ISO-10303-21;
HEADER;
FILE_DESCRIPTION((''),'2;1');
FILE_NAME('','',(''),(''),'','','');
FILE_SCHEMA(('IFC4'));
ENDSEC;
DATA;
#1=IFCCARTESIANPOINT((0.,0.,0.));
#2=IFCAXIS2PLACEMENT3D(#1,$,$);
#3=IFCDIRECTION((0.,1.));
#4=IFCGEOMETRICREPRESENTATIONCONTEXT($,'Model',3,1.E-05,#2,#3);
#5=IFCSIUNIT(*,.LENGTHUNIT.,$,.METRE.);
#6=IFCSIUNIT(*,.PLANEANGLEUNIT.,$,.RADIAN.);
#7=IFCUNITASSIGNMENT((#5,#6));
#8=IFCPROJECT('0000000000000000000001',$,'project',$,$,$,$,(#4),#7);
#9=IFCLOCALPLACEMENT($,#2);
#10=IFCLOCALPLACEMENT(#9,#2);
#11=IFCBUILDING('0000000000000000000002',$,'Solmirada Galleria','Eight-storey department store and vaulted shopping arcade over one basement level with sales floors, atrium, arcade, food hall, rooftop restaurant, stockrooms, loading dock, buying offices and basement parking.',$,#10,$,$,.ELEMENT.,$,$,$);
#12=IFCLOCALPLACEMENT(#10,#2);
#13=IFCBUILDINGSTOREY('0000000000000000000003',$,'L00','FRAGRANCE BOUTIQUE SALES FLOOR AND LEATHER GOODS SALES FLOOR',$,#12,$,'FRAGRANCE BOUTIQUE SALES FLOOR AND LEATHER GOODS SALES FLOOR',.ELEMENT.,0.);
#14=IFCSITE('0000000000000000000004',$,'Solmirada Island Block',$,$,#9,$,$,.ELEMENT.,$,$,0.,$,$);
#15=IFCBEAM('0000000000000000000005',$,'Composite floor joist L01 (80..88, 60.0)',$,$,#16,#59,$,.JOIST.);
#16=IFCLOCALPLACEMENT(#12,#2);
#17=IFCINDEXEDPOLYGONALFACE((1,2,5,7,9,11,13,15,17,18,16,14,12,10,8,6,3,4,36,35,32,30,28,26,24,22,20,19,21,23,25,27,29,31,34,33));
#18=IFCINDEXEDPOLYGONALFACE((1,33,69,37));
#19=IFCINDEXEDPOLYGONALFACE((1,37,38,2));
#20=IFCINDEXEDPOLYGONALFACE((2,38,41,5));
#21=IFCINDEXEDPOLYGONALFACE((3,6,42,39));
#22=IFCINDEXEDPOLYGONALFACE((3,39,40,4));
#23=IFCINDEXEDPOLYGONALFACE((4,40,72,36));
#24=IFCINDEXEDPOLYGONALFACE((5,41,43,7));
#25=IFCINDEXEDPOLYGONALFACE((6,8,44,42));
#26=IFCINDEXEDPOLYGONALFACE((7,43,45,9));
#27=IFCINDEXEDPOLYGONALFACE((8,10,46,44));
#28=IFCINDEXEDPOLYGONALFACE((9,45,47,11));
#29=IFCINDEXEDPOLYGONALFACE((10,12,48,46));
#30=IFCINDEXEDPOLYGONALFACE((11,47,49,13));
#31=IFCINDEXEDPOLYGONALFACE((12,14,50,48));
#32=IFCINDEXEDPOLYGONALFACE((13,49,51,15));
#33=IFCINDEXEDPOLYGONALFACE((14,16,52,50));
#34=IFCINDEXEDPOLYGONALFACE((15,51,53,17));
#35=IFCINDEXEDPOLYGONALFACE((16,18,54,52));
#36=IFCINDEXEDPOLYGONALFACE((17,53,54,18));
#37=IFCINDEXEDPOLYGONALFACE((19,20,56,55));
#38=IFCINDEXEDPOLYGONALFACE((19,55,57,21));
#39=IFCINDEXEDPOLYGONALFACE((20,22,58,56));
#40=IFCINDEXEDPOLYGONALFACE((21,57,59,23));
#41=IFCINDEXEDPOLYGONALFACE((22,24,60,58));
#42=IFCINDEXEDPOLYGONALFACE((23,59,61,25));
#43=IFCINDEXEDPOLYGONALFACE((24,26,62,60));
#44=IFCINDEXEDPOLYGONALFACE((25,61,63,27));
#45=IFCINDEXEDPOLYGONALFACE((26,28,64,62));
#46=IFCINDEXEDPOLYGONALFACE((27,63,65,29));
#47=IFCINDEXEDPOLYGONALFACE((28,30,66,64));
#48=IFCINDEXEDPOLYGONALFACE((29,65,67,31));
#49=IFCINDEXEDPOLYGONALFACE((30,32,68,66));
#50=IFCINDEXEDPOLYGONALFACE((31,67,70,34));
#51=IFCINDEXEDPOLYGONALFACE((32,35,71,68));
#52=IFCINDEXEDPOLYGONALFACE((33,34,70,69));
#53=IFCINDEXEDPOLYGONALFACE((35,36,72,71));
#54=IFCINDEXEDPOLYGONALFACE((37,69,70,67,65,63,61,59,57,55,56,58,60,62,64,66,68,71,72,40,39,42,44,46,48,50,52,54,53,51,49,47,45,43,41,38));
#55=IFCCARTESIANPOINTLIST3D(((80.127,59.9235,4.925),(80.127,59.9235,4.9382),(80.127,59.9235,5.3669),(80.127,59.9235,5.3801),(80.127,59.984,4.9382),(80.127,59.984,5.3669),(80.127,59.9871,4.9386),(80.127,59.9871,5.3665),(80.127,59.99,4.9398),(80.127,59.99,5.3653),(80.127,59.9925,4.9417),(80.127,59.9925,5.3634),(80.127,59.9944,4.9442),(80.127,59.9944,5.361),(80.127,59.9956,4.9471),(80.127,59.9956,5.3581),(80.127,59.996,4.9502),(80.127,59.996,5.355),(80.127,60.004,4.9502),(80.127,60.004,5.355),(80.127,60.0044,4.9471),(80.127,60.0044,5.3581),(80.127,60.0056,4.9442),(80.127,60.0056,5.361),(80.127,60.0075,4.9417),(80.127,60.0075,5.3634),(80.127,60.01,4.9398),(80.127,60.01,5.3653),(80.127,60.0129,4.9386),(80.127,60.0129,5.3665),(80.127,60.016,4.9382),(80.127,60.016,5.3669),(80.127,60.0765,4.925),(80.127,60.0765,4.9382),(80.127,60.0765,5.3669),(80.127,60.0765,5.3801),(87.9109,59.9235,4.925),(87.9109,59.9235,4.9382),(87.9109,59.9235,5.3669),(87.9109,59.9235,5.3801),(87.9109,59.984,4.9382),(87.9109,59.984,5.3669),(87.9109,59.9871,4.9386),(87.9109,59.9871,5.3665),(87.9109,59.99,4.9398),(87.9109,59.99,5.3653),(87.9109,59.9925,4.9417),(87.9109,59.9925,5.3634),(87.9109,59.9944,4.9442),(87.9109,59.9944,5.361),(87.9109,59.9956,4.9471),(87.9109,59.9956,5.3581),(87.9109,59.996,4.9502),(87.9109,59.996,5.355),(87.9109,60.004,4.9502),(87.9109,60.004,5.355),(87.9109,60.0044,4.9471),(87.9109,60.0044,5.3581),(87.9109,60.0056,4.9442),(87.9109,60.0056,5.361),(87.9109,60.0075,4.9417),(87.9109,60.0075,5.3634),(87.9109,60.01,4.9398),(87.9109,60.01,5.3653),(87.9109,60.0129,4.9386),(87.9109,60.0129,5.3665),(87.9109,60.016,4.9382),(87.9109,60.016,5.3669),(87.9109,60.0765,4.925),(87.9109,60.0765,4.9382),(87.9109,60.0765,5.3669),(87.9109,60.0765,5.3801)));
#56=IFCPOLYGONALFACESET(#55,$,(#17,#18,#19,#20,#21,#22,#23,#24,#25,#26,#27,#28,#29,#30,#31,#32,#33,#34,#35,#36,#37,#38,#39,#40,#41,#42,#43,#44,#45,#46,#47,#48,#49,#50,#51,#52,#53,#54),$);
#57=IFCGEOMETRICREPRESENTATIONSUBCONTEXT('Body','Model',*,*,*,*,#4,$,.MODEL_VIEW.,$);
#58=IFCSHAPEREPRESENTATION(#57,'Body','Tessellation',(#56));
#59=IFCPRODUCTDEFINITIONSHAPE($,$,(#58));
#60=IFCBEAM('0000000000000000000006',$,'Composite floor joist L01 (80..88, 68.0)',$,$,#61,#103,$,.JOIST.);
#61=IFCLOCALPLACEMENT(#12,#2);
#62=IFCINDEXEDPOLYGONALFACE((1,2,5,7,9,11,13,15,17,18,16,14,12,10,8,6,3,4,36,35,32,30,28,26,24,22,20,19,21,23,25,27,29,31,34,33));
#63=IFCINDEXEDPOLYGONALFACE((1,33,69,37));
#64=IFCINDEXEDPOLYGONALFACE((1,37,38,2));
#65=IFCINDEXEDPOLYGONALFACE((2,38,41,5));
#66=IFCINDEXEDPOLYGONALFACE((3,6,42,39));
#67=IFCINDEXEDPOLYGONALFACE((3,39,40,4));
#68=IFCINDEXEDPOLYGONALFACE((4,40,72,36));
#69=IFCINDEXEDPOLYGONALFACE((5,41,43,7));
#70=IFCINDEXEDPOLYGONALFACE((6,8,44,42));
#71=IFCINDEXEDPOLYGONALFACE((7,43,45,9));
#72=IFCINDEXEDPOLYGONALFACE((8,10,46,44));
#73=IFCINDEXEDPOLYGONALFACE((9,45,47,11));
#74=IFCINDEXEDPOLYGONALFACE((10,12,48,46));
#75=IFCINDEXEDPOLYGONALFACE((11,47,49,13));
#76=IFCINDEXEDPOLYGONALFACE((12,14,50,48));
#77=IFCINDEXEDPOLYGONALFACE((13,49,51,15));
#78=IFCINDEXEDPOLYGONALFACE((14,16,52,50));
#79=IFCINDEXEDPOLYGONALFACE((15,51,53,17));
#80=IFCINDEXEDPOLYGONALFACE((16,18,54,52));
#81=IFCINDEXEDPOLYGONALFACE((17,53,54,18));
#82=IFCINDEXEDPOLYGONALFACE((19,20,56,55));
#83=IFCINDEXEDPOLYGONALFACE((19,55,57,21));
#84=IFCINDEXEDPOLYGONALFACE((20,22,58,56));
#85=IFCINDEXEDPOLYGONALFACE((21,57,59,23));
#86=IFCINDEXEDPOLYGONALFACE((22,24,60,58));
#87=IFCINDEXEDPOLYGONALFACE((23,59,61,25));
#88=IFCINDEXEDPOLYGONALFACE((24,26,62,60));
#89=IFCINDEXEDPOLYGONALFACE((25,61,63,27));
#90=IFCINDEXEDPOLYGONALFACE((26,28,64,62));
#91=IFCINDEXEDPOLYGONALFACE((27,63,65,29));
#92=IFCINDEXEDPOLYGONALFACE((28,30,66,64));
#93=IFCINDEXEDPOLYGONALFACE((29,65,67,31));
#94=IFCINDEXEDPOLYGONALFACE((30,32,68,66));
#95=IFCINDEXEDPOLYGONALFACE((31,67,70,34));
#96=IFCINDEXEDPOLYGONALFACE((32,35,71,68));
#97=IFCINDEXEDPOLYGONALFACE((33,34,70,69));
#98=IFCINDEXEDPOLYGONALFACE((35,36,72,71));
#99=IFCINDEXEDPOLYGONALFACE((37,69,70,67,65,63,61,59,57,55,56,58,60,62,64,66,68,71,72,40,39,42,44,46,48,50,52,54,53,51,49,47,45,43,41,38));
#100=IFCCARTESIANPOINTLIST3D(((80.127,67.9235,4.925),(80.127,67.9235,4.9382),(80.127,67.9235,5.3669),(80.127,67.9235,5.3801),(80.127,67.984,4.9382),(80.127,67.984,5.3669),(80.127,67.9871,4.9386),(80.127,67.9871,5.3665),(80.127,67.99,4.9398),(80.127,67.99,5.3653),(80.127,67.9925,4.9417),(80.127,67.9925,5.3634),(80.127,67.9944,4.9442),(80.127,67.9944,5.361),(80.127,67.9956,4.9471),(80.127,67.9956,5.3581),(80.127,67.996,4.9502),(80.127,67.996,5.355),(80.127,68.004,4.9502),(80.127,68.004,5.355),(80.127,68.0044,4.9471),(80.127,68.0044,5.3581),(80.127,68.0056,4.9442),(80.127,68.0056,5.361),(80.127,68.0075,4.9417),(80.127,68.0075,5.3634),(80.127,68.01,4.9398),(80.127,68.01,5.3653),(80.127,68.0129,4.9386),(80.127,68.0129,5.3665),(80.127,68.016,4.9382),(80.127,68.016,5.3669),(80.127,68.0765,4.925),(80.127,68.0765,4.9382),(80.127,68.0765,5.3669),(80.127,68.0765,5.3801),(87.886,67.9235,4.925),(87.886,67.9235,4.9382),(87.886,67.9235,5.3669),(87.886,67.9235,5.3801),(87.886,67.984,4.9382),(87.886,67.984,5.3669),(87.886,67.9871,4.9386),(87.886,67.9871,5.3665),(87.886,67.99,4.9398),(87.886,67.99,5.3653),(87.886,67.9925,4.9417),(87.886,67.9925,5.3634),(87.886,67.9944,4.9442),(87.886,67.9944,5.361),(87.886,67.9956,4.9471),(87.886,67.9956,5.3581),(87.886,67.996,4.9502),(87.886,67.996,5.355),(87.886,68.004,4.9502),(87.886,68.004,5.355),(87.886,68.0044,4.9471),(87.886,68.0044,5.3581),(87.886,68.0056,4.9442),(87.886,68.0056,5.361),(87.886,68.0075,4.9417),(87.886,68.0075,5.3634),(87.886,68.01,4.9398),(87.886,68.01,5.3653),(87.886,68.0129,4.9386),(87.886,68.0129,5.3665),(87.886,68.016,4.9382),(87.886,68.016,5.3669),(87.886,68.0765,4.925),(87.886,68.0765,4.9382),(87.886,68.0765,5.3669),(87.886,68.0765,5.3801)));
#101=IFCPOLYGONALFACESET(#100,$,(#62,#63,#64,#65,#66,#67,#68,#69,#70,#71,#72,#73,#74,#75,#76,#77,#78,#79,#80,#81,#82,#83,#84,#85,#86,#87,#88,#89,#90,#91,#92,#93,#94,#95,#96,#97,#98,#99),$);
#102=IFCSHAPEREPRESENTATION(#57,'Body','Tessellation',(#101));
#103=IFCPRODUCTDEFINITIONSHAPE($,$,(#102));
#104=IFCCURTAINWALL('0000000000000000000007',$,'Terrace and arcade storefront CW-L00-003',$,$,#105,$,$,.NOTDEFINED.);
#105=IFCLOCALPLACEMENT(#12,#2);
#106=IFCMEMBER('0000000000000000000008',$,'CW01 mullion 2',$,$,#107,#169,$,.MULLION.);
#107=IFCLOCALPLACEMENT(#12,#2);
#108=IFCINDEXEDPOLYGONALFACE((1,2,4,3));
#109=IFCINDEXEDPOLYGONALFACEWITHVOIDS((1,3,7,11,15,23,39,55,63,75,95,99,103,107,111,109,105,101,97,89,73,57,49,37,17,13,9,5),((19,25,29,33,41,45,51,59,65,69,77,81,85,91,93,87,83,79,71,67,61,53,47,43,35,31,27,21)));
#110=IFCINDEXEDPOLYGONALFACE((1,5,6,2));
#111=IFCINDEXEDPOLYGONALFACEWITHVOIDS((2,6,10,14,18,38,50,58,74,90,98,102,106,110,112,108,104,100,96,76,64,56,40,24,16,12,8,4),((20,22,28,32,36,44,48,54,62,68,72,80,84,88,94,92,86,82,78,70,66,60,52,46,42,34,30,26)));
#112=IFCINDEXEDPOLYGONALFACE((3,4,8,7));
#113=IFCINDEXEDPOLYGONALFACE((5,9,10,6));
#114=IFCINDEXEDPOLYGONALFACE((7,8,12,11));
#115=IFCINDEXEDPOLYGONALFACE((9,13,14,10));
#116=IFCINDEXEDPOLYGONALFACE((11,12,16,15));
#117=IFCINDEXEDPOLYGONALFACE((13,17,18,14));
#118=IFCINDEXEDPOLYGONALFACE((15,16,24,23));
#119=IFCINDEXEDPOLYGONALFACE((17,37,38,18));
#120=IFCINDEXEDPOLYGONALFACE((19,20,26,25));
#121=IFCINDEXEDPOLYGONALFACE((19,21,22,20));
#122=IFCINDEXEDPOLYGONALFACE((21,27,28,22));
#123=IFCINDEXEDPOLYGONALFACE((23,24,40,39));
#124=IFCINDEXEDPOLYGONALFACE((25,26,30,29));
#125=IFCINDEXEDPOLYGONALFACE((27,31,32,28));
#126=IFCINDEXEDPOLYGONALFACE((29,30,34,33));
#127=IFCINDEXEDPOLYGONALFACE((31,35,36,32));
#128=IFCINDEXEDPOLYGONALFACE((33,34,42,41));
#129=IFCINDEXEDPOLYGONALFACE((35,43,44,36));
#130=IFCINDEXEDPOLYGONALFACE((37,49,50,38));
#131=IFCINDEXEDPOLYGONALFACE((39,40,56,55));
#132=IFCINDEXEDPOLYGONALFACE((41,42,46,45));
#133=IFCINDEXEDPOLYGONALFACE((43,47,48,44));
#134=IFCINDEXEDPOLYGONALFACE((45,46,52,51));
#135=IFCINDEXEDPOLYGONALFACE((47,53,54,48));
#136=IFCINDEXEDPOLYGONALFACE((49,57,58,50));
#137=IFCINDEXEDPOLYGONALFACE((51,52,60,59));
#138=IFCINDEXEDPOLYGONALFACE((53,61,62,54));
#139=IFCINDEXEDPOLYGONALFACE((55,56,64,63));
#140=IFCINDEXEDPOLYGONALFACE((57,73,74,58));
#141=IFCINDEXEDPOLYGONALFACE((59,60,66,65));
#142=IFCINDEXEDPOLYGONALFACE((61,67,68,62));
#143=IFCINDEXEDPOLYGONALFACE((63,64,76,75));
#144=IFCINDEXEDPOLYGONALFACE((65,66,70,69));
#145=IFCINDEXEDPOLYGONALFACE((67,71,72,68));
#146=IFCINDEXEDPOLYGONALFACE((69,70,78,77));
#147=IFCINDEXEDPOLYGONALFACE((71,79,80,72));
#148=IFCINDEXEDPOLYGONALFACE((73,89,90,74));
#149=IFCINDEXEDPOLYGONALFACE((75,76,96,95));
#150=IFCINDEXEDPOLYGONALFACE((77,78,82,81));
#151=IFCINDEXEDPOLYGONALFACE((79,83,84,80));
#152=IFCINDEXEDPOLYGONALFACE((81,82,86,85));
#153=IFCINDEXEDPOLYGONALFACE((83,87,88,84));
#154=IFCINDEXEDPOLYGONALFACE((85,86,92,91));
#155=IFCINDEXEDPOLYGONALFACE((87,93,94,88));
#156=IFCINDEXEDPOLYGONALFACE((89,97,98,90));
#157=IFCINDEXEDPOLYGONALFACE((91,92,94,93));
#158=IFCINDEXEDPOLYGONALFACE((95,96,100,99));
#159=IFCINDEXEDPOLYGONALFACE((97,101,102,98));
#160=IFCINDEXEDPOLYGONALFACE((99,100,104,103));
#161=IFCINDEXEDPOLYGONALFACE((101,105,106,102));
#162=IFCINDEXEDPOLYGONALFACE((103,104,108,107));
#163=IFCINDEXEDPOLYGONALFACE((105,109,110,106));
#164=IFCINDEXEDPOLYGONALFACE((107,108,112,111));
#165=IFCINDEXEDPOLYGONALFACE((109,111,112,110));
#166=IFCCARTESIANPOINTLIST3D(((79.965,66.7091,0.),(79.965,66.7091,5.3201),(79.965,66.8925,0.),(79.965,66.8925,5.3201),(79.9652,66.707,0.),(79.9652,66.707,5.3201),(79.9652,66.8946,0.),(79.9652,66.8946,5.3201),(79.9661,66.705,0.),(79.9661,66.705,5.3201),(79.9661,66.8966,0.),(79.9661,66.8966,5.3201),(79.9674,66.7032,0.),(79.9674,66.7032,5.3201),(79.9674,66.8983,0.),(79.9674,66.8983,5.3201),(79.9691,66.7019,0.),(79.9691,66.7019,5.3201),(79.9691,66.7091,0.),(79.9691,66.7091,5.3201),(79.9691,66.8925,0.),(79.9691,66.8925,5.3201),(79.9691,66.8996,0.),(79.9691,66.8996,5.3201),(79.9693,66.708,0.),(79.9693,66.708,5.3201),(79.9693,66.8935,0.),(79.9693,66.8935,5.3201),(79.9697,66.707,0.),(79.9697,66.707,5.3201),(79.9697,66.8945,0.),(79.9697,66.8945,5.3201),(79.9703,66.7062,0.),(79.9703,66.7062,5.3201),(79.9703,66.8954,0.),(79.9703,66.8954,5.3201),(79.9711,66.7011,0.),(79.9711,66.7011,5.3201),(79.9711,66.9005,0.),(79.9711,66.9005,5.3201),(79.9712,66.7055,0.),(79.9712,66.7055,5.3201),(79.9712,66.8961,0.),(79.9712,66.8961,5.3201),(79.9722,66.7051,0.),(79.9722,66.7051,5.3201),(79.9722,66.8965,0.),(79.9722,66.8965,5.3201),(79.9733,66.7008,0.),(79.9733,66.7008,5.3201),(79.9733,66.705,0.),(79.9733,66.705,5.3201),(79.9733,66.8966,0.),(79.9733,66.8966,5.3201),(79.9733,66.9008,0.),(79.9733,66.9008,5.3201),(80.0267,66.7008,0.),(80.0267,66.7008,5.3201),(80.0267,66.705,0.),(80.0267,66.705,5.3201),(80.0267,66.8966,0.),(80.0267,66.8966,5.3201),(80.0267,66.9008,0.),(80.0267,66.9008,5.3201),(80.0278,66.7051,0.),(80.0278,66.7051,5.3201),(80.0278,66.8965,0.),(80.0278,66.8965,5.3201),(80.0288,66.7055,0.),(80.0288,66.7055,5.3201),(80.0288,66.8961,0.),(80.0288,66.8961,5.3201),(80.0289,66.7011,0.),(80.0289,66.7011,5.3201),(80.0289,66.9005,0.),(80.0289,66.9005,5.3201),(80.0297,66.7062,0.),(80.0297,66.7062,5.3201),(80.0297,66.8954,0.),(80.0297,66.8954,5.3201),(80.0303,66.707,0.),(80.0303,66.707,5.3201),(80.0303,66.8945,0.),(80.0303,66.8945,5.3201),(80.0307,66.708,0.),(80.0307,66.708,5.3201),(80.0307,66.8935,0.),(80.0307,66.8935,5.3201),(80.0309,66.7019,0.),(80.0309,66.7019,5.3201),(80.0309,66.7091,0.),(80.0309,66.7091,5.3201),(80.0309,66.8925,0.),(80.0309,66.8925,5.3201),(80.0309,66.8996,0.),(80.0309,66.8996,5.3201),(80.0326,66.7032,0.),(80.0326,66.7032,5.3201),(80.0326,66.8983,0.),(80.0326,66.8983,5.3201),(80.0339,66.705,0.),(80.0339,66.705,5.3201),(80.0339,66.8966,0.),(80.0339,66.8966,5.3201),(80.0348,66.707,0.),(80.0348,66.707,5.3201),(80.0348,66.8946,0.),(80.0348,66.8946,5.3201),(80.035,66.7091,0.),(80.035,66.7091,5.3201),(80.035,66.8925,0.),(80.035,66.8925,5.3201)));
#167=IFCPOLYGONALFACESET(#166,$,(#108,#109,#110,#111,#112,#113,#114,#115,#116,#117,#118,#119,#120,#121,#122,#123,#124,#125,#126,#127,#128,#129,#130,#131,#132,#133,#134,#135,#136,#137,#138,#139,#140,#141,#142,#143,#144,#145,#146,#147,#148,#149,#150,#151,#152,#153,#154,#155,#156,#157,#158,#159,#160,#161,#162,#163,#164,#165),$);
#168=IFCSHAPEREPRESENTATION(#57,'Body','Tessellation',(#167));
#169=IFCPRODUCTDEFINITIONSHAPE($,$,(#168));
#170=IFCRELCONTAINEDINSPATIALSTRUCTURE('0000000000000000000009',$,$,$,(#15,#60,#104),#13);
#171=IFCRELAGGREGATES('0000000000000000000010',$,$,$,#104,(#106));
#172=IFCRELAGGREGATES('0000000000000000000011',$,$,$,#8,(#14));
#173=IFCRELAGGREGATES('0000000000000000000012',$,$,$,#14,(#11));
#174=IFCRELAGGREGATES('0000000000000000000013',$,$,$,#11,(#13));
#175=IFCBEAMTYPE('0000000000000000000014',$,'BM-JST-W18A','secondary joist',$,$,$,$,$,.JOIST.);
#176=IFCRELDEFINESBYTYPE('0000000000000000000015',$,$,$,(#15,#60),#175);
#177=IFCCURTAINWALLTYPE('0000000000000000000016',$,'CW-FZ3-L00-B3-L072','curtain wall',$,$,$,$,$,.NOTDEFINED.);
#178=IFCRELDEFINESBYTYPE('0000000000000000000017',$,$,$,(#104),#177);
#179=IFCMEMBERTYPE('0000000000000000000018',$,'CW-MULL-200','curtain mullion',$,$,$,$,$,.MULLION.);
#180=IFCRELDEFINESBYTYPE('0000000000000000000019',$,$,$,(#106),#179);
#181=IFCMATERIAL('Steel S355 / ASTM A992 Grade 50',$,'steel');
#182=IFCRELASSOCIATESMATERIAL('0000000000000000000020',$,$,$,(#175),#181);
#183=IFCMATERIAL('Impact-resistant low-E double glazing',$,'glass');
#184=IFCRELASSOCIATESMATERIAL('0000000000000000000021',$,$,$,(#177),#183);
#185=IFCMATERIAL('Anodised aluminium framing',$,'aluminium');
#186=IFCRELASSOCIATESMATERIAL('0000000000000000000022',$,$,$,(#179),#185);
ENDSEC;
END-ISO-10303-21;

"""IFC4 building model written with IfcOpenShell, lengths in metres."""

from ifc_helpers import new_model, si_unit, direction, frame, origin, origin_2d, place, context, subcontext, project, spatial, hollow_rectangle, i_section, extrude, material, material_profile, profile_set, type_object, element, aggregate, save


model = new_model("IFC4")

# Units and contexts
model_context = context("Model", 3, precision=1e-05, world=origin(), true_north=direction((0.0, 1.0)))
body_context = subcontext(model_context, "Body", "Model", "MODEL_VIEW")
ifc_project = project(units=[si_unit("LENGTHUNIT", "METRE"), si_unit("PLANEANGLEUNIT", "RADIAN")], contexts=[model_context])

# Site, building, storey
site_placement = place(None, origin())
site = spatial("IfcSite", under=ifc_project, at=site_placement, Name="Solmirada Island Block", CompositionType="ELEMENT", RefElevation=0.0)
building_placement = place(site_placement, origin())
building = spatial("IfcBuilding", under=site, at=building_placement, Name="Solmirada Galleria", Description="Eight-storey department store and vaulted shopping arcade over one basement level with sales floors, atrium, arcade, food hall, rooftop restaurant, stockrooms, loading dock, buying offices and basement parking.", CompositionType="ELEMENT")
storey_placement = place(building_placement, origin())
storey = spatial("IfcBuildingStorey", under=building, at=storey_placement, Name="L00", Description="FRAGRANCE BOUTIQUE SALES FLOOR AND LEATHER GOODS SALES FLOOR", LongName="FRAGRANCE BOUTIQUE SALES FLOOR AND LEATHER GOODS SALES FLOOR", CompositionType="ELEMENT", Elevation=0.0)

# Beams
ifc_material_1 = material(Name="Steel S355 / ASTM A992 Grade 50", Category="steel")
ifc_material_profile_1 = material_profile(ifc_material_1, i_section(OverallWidth=0.1531, OverallDepth=0.4551, WebThickness=0.0081, FlangeThickness=0.0132, FilletRadius=0.012, at=origin_2d()), Name="W18X40")
ifc_profile_set_1 = profile_set([ifc_material_profile_1], Name="Steel S355 / ASTM A992 Grade 50")
beam_type_1 = type_object("IfcBeamType", Name="BM-JST-W18A", Description="secondary joist", PredefinedType="JOIST", material=ifc_profile_set_1)
beam_1_placement = place(storey_placement, frame((80.127, 60.0, 5.1526), z_axis=(1.0, 0.0, 0.0), x_axis=(0.0, 1.0, 0.0)))
element("IfcBeam", 1, at=beam_1_placement, inside=storey, type_object=beam_type_1, Name="Composite floor joist L01 (80..88, 60.0)", PredefinedType="JOIST", context=body_context, shape_type="SweptSolid", body=[
    extrude(i_section(OverallWidth=0.1531, OverallDepth=0.4551, WebThickness=0.0081, FlangeThickness=0.0132, FilletRadius=0.012, at=origin_2d()), origin(), (0.0, 0.0, 1.0), 7.7839),
])
beam_2_placement = place(storey_placement, frame((80.127, 68.0, 5.1526), z_axis=(1.0, 0.0, 0.0), x_axis=(0.0, 1.0, 0.0)))
element("IfcBeam", 2, at=beam_2_placement, inside=storey, type_object=beam_type_1, Name="Composite floor joist L01 (80..88, 68.0)", PredefinedType="JOIST", context=body_context, shape_type="SweptSolid", body=[
    extrude(i_section(OverallWidth=0.1531, OverallDepth=0.4551, WebThickness=0.0081, FlangeThickness=0.0132, FilletRadius=0.012, at=origin_2d()), origin(), (0.0, 0.0, 1.0), 7.759),
])

# Curtain wall, member
ifc_material_2 = material(Name="Impact-resistant low-E double glazing", Category="glass")
curtain_wall_type = type_object("IfcCurtainWallType", Name="CW-FZ3-L00-B3-L072", Description="curtain wall", PredefinedType="NOTDEFINED", material=ifc_material_2)
curtain_wall_placement = place(storey_placement, origin())
curtain_wall = element("IfcCurtainWall", 3, at=curtain_wall_placement, inside=storey, type_object=curtain_wall_type, Name="Terrace and arcade storefront CW-L00-003", PredefinedType="NOTDEFINED")
ifc_material_3 = material(Name="Anodised aluminium framing", Category="aluminium")
ifc_material_profile_2 = material_profile(ifc_material_3, hollow_rectangle(XDim=0.0701, YDim=0.2, WallThickness=0.0042, InnerFilletRadius=0.0042, OuterFilletRadius=0.0083, at=origin_2d()), Name="ALU-MULL-200X70")
ifc_profile_set_2 = profile_set([ifc_material_profile_2], Name="Anodised aluminium framing")
member_type_1 = type_object("IfcMemberType", Name="CW-MULL-200", Description="curtain mullion", PredefinedType="MULLION", material=ifc_profile_set_2)
member_1_placement = place(storey_placement, frame((80.0, 66.8008, 0.0), z_axis=(0.0, 0.0, 1.0), x_axis=(-1.0, 0.0, 0.0)))
member_1 = element("IfcMember", 4, at=member_1_placement, type_object=member_type_1, Name="CW01 mullion 2", PredefinedType="MULLION", context=body_context, shape_type="SweptSolid", body=[
    extrude(hollow_rectangle(XDim=0.0701, YDim=0.2, WallThickness=0.0042, InnerFilletRadius=0.0042, OuterFilletRadius=0.0083, at=origin_2d()), origin(), (0.0, 0.0, 1.0), 5.3201),
])
aggregate(curtain_wall, [member_1])

save(model, "model.ifc")
